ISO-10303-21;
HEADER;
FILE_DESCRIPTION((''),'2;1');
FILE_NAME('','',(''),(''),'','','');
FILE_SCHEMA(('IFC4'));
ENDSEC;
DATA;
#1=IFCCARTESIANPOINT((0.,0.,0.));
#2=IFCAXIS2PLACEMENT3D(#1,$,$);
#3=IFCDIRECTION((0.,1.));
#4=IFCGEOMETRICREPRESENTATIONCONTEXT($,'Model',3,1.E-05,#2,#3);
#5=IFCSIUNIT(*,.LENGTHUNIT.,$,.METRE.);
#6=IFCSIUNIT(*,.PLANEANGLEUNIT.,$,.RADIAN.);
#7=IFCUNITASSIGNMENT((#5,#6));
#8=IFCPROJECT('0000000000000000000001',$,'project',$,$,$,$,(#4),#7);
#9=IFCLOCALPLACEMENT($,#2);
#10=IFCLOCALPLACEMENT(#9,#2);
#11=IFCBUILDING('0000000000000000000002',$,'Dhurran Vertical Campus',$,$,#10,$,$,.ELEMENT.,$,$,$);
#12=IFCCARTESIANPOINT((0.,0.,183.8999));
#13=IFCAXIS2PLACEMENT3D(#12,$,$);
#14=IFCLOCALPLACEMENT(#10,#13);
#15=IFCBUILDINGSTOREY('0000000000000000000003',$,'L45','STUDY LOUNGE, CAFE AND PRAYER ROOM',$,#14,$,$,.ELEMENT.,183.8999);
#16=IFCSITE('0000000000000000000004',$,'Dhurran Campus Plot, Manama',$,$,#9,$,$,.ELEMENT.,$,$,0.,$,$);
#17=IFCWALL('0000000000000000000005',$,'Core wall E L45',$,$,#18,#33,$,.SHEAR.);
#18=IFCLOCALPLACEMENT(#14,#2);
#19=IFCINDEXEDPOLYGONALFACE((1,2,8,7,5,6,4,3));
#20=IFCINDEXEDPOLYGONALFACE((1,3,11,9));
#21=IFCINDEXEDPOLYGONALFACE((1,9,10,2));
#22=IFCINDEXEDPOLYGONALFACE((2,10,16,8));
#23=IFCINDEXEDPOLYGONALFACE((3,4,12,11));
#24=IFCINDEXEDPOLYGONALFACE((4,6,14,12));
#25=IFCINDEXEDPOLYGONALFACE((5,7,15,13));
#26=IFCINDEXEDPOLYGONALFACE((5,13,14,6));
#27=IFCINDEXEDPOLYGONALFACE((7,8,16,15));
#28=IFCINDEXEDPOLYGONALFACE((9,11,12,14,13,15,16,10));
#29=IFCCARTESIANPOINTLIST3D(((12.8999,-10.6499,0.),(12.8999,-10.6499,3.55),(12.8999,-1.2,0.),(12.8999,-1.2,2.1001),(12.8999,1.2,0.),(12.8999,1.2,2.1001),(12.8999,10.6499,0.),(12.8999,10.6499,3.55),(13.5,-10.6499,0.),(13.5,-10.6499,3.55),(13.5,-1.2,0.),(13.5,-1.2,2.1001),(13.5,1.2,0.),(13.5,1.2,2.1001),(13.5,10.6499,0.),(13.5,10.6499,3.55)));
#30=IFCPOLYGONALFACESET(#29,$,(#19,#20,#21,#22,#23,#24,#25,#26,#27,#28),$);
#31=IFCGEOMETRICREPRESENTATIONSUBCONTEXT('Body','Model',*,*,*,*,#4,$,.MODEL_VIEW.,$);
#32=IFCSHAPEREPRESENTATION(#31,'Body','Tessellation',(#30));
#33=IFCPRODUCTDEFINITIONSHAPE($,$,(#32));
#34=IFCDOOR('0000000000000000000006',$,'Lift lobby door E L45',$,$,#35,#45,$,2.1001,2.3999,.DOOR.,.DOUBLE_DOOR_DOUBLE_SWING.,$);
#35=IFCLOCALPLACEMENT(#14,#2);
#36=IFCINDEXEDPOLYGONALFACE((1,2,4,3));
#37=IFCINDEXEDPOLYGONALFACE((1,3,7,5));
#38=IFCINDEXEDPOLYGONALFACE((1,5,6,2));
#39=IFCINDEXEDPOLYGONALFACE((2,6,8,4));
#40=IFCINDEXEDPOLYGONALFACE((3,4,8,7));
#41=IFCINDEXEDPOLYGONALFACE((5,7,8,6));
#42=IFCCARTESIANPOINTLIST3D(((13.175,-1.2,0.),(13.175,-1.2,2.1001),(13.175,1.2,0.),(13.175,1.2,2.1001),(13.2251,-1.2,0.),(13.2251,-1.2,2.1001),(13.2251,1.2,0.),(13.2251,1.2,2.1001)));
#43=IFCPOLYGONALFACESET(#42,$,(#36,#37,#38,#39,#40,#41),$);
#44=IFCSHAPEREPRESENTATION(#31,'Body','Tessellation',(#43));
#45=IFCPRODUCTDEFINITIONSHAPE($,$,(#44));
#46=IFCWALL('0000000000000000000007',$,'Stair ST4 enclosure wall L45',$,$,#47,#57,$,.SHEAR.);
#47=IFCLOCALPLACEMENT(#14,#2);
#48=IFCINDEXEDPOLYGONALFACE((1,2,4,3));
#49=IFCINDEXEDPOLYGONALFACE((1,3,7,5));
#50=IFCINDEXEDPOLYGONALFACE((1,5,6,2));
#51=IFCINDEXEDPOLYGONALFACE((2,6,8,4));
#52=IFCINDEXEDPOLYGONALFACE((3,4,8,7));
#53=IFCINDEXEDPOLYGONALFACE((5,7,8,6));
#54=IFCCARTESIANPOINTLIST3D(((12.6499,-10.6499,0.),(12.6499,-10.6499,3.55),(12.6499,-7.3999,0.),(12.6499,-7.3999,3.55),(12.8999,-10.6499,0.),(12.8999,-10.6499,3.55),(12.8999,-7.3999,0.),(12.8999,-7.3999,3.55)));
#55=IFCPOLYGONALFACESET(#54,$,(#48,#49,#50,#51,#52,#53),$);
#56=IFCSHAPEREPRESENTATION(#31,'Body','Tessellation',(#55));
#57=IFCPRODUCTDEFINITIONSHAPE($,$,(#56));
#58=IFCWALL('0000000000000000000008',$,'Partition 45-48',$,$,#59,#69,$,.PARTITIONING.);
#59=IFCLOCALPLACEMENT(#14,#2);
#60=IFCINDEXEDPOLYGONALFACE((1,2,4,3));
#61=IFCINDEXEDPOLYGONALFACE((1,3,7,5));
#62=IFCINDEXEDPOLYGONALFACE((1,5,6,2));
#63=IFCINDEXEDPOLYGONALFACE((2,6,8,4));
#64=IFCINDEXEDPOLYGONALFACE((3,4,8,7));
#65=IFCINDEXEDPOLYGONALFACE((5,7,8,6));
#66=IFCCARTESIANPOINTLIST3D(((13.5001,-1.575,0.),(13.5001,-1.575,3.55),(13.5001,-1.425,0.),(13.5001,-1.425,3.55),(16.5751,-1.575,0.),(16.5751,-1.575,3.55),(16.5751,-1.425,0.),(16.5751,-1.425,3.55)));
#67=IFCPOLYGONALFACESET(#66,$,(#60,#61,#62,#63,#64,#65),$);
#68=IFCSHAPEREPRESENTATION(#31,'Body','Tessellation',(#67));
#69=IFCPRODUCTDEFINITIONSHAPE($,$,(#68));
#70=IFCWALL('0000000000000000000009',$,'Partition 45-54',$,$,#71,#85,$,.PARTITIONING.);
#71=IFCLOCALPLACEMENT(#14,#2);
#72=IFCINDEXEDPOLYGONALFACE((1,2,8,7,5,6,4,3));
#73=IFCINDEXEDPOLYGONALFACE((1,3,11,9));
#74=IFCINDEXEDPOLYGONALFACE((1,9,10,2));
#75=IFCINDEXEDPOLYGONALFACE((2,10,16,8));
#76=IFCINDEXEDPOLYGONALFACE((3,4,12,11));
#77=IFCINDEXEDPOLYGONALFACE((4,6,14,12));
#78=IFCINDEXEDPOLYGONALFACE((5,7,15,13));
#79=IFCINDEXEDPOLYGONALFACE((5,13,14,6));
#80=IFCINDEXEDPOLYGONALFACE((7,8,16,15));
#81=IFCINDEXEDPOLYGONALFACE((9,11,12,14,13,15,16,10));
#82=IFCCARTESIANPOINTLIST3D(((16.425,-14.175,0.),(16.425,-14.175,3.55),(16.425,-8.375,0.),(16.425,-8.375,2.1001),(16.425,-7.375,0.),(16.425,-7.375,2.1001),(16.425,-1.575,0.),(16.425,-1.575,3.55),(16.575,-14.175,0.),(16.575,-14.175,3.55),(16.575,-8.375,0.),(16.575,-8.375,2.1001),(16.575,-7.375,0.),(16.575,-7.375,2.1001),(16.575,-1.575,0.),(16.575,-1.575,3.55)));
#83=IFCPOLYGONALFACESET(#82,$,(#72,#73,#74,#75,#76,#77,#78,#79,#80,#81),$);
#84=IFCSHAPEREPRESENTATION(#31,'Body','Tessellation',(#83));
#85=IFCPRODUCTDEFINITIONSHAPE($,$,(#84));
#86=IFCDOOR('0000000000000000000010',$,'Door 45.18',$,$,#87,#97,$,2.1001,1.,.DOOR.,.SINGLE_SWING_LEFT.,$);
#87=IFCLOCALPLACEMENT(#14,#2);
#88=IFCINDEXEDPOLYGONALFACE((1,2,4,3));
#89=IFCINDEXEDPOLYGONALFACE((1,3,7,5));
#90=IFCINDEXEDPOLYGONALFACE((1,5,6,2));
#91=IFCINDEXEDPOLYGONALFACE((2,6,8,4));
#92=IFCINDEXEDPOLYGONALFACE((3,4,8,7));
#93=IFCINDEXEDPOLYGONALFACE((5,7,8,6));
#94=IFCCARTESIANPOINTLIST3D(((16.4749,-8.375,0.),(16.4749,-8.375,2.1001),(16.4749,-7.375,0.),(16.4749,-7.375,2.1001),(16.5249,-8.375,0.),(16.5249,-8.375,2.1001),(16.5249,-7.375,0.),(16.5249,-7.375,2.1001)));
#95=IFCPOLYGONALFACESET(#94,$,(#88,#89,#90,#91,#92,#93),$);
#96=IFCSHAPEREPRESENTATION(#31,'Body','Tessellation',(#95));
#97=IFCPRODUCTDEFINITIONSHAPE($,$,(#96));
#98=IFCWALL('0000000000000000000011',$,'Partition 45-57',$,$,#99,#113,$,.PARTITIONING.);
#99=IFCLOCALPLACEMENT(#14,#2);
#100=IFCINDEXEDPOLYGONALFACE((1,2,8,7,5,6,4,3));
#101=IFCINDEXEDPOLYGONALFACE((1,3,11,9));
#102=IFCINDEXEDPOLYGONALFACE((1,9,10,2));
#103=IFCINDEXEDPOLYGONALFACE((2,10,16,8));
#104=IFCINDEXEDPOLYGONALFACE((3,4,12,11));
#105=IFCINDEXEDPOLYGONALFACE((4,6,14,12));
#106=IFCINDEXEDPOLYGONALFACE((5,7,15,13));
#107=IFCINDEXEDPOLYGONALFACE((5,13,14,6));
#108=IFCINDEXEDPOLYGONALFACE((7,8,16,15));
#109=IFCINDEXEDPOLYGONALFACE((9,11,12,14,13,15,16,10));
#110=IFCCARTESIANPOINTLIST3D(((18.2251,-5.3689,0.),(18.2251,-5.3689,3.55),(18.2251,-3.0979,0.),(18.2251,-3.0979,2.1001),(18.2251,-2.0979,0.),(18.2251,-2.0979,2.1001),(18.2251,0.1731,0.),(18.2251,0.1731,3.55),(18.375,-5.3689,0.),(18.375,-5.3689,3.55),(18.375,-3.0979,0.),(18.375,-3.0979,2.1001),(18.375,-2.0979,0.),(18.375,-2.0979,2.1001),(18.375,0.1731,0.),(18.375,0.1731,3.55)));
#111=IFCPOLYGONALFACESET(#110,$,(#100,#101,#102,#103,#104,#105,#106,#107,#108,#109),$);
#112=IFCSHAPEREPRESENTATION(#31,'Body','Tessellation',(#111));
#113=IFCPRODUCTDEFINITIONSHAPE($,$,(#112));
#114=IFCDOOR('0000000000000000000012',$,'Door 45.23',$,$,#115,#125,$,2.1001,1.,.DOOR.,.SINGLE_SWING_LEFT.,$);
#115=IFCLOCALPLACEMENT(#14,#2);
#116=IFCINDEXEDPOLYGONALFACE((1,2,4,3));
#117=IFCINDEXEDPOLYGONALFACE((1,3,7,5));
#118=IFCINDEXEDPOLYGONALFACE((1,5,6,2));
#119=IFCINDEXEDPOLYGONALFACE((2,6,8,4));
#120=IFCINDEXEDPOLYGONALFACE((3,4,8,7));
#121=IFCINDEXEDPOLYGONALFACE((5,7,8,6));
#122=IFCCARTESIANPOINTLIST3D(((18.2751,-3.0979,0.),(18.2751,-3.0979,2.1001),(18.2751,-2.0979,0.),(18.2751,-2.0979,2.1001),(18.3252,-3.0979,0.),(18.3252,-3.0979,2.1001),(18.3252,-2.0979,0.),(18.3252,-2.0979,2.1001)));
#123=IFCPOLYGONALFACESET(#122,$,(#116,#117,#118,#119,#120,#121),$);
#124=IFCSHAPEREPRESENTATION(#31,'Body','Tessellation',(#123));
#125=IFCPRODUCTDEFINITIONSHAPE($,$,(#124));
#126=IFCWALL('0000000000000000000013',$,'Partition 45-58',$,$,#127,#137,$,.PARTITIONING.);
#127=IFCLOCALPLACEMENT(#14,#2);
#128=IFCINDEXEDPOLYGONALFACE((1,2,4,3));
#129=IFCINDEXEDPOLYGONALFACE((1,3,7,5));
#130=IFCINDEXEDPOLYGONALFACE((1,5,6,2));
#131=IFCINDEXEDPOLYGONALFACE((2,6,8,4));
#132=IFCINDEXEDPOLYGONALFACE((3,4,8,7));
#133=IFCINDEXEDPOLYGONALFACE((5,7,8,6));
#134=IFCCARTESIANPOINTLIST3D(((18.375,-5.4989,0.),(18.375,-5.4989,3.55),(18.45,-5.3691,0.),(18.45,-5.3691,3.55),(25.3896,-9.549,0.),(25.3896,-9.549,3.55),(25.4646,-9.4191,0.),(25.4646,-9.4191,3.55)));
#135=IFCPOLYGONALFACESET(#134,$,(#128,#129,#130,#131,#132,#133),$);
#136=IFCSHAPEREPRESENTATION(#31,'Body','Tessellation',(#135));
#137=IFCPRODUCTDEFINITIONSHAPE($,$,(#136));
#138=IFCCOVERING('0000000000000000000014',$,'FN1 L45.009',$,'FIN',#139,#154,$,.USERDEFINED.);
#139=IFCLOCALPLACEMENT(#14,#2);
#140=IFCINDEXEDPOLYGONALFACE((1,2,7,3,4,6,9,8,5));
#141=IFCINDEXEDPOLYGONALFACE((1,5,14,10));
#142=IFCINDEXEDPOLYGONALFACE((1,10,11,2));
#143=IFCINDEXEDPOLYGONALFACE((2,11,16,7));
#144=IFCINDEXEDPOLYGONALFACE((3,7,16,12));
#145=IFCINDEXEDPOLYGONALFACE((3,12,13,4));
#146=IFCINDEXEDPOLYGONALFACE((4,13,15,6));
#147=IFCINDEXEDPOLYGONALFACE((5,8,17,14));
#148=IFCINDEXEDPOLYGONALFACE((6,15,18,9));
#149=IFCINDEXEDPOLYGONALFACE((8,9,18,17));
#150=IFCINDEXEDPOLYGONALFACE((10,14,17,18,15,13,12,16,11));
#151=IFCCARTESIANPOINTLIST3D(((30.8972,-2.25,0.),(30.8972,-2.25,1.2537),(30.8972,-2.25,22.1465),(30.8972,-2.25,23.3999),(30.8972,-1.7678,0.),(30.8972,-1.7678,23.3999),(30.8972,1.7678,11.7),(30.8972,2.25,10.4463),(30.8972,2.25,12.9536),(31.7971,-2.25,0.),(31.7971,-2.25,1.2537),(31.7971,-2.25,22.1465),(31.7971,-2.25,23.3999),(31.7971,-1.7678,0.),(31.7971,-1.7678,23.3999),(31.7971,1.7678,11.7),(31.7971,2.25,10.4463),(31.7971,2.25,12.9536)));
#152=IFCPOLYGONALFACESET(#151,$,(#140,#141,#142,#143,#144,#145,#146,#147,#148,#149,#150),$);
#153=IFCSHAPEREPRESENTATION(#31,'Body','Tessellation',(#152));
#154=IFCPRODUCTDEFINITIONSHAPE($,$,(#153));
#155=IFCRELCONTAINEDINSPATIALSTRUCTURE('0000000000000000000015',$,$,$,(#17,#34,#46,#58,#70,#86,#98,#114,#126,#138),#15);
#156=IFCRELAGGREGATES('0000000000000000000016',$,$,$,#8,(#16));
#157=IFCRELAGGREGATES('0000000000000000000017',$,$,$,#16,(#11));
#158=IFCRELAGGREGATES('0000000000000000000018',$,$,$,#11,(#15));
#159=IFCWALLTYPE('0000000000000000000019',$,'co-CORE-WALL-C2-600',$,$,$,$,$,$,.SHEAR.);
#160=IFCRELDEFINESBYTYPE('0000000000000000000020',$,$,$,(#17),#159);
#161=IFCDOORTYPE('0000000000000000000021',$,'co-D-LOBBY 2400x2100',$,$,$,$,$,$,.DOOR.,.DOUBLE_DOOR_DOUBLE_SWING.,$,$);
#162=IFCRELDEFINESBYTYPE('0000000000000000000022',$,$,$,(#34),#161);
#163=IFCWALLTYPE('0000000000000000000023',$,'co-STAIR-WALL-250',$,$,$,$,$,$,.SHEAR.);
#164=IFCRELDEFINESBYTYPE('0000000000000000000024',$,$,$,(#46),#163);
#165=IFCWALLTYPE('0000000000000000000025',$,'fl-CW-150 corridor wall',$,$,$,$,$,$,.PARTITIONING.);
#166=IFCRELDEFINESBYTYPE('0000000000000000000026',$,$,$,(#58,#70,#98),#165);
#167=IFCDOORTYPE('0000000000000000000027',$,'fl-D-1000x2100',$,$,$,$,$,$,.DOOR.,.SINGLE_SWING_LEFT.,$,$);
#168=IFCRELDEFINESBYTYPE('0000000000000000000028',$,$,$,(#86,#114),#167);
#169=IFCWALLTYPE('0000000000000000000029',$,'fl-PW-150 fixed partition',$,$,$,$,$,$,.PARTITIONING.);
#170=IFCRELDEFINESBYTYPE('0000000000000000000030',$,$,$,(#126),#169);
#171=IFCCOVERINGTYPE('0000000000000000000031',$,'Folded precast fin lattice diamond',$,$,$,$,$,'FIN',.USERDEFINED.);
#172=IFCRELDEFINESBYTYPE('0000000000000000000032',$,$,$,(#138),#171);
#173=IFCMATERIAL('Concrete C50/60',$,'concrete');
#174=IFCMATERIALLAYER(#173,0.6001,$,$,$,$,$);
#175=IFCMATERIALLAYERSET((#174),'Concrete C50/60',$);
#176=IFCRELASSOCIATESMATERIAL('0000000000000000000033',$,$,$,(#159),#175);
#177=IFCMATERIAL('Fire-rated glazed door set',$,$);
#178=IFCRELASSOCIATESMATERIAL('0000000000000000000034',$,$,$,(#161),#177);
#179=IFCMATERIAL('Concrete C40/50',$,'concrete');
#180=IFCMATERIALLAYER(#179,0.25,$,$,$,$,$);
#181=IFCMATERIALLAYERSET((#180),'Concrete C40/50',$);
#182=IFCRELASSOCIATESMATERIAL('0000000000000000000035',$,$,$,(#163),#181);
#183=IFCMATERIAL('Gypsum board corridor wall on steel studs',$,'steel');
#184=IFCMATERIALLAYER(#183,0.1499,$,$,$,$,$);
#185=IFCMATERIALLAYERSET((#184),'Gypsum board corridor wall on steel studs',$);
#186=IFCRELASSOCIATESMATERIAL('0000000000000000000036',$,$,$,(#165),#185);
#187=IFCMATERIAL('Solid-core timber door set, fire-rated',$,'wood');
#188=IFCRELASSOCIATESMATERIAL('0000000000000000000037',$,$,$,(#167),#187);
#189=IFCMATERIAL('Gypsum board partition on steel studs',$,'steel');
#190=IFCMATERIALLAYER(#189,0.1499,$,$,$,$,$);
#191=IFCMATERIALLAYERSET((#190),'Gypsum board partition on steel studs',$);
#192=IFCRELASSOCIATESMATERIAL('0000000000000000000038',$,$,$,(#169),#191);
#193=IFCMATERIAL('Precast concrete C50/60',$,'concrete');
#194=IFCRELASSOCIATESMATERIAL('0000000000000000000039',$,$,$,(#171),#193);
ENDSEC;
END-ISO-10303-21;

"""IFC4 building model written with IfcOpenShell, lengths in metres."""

from ifc_helpers import new_model, si_unit, direction, frame, frame_2d, origin, place, context, subcontext, project, spatial, polyline, rectangle, outline, extrude, material, layer, layer_set, type_object, element, fill, save


model = new_model("IFC4")

# Units and contexts
model_context = context("Model", 3, precision=1e-05, world=origin(), true_north=direction((0.0, 1.0)))
body_context = subcontext(model_context, "Body", "Model", "MODEL_VIEW")
ifc_project = project(units=[si_unit("LENGTHUNIT", "METRE"), si_unit("PLANEANGLEUNIT", "RADIAN")], contexts=[model_context])

# Site, building, storey
site_placement = place(None, origin())
site = spatial("IfcSite", under=ifc_project, at=site_placement, Name="Dhurran Campus Plot, Manama", CompositionType="ELEMENT", RefElevation=0.0)
building_placement = place(site_placement, origin())
building = spatial("IfcBuilding", under=site, at=building_placement, Name="Dhurran Vertical Campus", CompositionType="ELEMENT")
storey_placement = place(building_placement, frame((0.0, 0.0, 183.8999)))
storey = spatial("IfcBuildingStorey", under=building, at=storey_placement, Name="L45", Description="STUDY LOUNGE, CAFE AND PRAYER ROOM", CompositionType="ELEMENT", Elevation=183.8999)

# Wall, opening, door
ifc_material_1 = material(Name="Concrete C50/60", Category="concrete")
ifc_layer_1 = layer(ifc_material_1, 0.6001)
ifc_layer_set_1 = layer_set([ifc_layer_1], Name="Concrete C50/60")
wall_type_1 = type_object("IfcWallType", Name="co-CORE-WALL-C2-600", PredefinedType="SHEAR", material=ifc_layer_set_1)
wall_1_placement = place(storey_placement, frame((13.2, -10.6499, 0.0), z_axis=(0.0, 0.0, 1.0), x_axis=(0.0, 1.0, 0.0)))
wall_1 = element("IfcWall", 1, at=wall_1_placement, inside=storey, type_object=wall_type_1, Name="Core wall E L45", PredefinedType="SHEAR", context=body_context, shape_type="SweptSolid", body=[
    extrude(rectangle(XDim=21.2998, YDim=0.6001, at=frame_2d((10.6499, 0.0))), origin(), (0.0, 0.0, 1.0), 3.55),
])
opening_1_placement = place(wall_1_placement, frame((9.45, 0.0, 0.0)))
opening_1 = element("IfcOpeningElement", 2, at=opening_1_placement, cuts=wall_1, PredefinedType="OPENING", context=body_context, shape_type="SweptSolid", body=[
    extrude(rectangle(XDim=2.3999, YDim=2.1001, at=frame_2d((1.2, 1.05))), frame((0.0, 0.3101, 0.0), z_axis=(0.0, -1.0, 0.0), x_axis=(1.0, 0.0, 0.0)), (0.0, 0.0, 1.0), 0.6201),
])
ifc_material_2 = material(Name="Fire-rated glazed door set")
door_type_1 = type_object("IfcDoorType", Name="co-D-LOBBY 2400x2100", OperationType="DOUBLE_DOOR_DOUBLE_SWING", PredefinedType="DOOR", material=ifc_material_2)
door_1_placement = place(opening_1_placement, origin())
door_1 = element("IfcDoor", 3, at=door_1_placement, inside=storey, type_object=door_type_1, Name="Lift lobby door E L45", OperationType="DOUBLE_DOOR_DOUBLE_SWING", OverallHeight=2.1001, OverallWidth=2.3999, PredefinedType="DOOR", context=body_context, shape_type="SweptSolid", body=[
    extrude(rectangle(XDim=2.3999, YDim=2.1001, at=frame_2d((1.2, 1.05))), frame((0.0, 0.0249, 0.0), z_axis=(0.0, -1.0, 0.0), x_axis=(1.0, 0.0, 0.0)), (0.0, 0.0, 1.0), 0.05),
])
fill(opening_1, door_1)

# Walls
ifc_material_3 = material(Name="Concrete C40/50", Category="concrete")
ifc_layer_2 = layer(ifc_material_3, 0.25)
ifc_layer_set_2 = layer_set([ifc_layer_2], Name="Concrete C40/50")
wall_type_2 = type_object("IfcWallType", Name="co-STAIR-WALL-250", PredefinedType="SHEAR", material=ifc_layer_set_2)
wall_2_placement = place(storey_placement, frame((12.7749, -10.6499, 0.0), z_axis=(0.0, 0.0, 1.0), x_axis=(0.0, 1.0, 0.0)))
element("IfcWall", 4, at=wall_2_placement, inside=storey, type_object=wall_type_2, Name="Stair ST4 enclosure wall L45", PredefinedType="SHEAR", context=body_context, shape_type="SweptSolid", body=[
    extrude(rectangle(XDim=3.25, YDim=0.25, at=frame_2d((1.625, 0.0))), origin(), (0.0, 0.0, 1.0), 3.55),
])
ifc_material_4 = material(Name="Gypsum board corridor wall on steel studs", Category="steel")
ifc_layer_3 = layer(ifc_material_4, 0.1499)
ifc_layer_set_3 = layer_set([ifc_layer_3], Name="Gypsum board corridor wall on steel studs")
wall_type_3 = type_object("IfcWallType", Name="fl-CW-150 corridor wall", PredefinedType="PARTITIONING", material=ifc_layer_set_3)
wall_3_placement = place(storey_placement, frame((13.5, -1.5, 0.0), z_axis=(0.0, 0.0, 1.0), x_axis=(1.0, 0.0, 0.0)))
element("IfcWall", 5, at=wall_3_placement, inside=storey, type_object=wall_type_3, Name="Partition 45-48", PredefinedType="PARTITIONING", context=body_context, shape_type="SweptSolid", body=[
    extrude(rectangle(XDim=3.075, YDim=0.1499, at=frame_2d((1.5376, 0.0))), origin(), (0.0, 0.0, 1.0), 3.55),
])

# Walls, openings, doors
wall_4_placement = place(storey_placement, frame((16.5, -1.575, 0.0), z_axis=(0.0, 0.0, 1.0), x_axis=(0.0, -1.0, 0.0)))
wall_4 = element("IfcWall", 6, at=wall_4_placement, inside=storey, type_object=wall_type_3, Name="Partition 45-54", PredefinedType="PARTITIONING", context=body_context, shape_type="SweptSolid", body=[
    extrude(rectangle(XDim=12.6001, YDim=0.1499, at=frame_2d((6.3, 0.0))), origin(), (0.0, 0.0, 1.0), 3.55),
])
opening_2_placement = place(wall_4_placement, frame((5.8, 0.0, 0.0)))
opening_2 = element("IfcOpeningElement", 7, at=opening_2_placement, cuts=wall_4, PredefinedType="OPENING", context=body_context, shape_type="SweptSolid", body=[
    extrude(rectangle(XDim=1.0, YDim=2.1001, at=frame_2d((0.5, 1.05))), frame((0.0, 0.085, 0.0), z_axis=(0.0, -1.0, 0.0), x_axis=(1.0, 0.0, 0.0)), (0.0, 0.0, 1.0), 0.1699),
])
ifc_material_5 = material(Name="Solid-core timber door set, fire-rated", Category="wood")
door_type_2 = type_object("IfcDoorType", Name="fl-D-1000x2100", OperationType="SINGLE_SWING_LEFT", PredefinedType="DOOR", material=ifc_material_5)
door_2_placement = place(opening_2_placement, origin())
door_2 = element("IfcDoor", 8, at=door_2_placement, inside=storey, type_object=door_type_2, Name="Door 45.18", OperationType="SINGLE_SWING_LEFT", OverallHeight=2.1001, OverallWidth=1.0, PredefinedType="DOOR", context=body_context, shape_type="SweptSolid", body=[
    extrude(rectangle(XDim=1.0, YDim=2.1001, at=frame_2d((0.5, 1.05))), frame((0.0, 0.0249, 0.0), z_axis=(0.0, -1.0, 0.0), x_axis=(1.0, 0.0, 0.0)), (0.0, 0.0, 1.0), 0.05),
])
fill(opening_2, door_2)
wall_5_placement = place(storey_placement, frame((18.3, -5.3689, 0.0), z_axis=(0.0, 0.0, 1.0), x_axis=(0.0, 1.0, 0.0)))
wall_5 = element("IfcWall", 9, at=wall_5_placement, inside=storey, type_object=wall_type_3, Name="Partition 45-57", PredefinedType="PARTITIONING", context=body_context, shape_type="SweptSolid", body=[
    extrude(rectangle(XDim=5.542, YDim=0.1499, at=frame_2d((2.771, 0.0))), origin(), (0.0, 0.0, 1.0), 3.55),
])
opening_3_placement = place(wall_5_placement, frame((2.271, 0.0, 0.0)))
opening_3 = element("IfcOpeningElement", 10, at=opening_3_placement, cuts=wall_5, PredefinedType="OPENING", context=body_context, shape_type="SweptSolid", body=[
    extrude(rectangle(XDim=1.0, YDim=2.1001, at=frame_2d((0.5, 1.05))), frame((0.0, 0.085, 0.0), z_axis=(0.0, -1.0, 0.0), x_axis=(1.0, 0.0, 0.0)), (0.0, 0.0, 1.0), 0.1699),
])
door_3_placement = place(opening_3_placement, origin())
door_3 = element("IfcDoor", 11, at=door_3_placement, inside=storey, type_object=door_type_2, Name="Door 45.23", OperationType="SINGLE_SWING_LEFT", OverallHeight=2.1001, OverallWidth=1.0, PredefinedType="DOOR", context=body_context, shape_type="SweptSolid", body=[
    extrude(rectangle(XDim=1.0, YDim=2.1001, at=frame_2d((0.5, 1.05))), frame((0.0, 0.0249, 0.0), z_axis=(0.0, -1.0, 0.0), x_axis=(1.0, 0.0, 0.0)), (0.0, 0.0, 1.0), 0.05),
])
fill(opening_3, door_3)

# Wall
ifc_material_6 = material(Name="Gypsum board partition on steel studs", Category="steel")
ifc_layer_4 = layer(ifc_material_6, 0.1499)
ifc_layer_set_4 = layer_set([ifc_layer_4], Name="Gypsum board partition on steel studs")
wall_type_4 = type_object("IfcWallType", Name="fl-PW-150 fixed partition", PredefinedType="PARTITIONING", material=ifc_layer_set_4)
wall_6_placement = place(storey_placement, frame((18.4126, -5.4341, 0.0), z_axis=(0.0, 0.0, 1.0), x_axis=(0.866018, -0.500013, 0.0)))
element("IfcWall", 12, at=wall_6_placement, inside=storey, type_object=wall_type_4, Name="Partition 45-58", PredefinedType="PARTITIONING", context=body_context, shape_type="SweptSolid", body=[
    extrude(rectangle(XDim=8.0999, YDim=0.1499, at=frame_2d((4.0498, 0.0))), origin(), (0.0, 0.0, 1.0), 3.55),
])

# Covering
ifc_material_7 = material(Name="Precast concrete C50/60", Category="concrete")
covering_type = type_object("IfcCoveringType", Name="Folded precast fin lattice diamond", ElementType="FIN", PredefinedType="USERDEFINED", material=ifc_material_7)
covering_1_placement = place(storey_placement, frame((30.8972, -2.25, 0.0), z_axis=(1.0, 0.0, 0.0), x_axis=(0.0, 1.0, 0.0)))
element("IfcCovering", 13, at=covering_1_placement, inside=storey, type_object=covering_type, Name="FN1 L45.009", ObjectType="FIN", PredefinedType="USERDEFINED", context=body_context, shape_type="SweptSolid", body=[
    extrude(outline(polyline([(4.5, 10.4463), (0.4822, 0.0), (0.0, 0.0), (0.0, 1.2537), (4.0178, 11.7), (0.0, 22.1465), (0.0, 23.3999), (0.4822, 23.3999), (4.5, 12.9536), (4.5, 10.4463)])), origin(), (0.0, 0.0, 1.0), 0.8999),
])

save(model, "model.ifc")
